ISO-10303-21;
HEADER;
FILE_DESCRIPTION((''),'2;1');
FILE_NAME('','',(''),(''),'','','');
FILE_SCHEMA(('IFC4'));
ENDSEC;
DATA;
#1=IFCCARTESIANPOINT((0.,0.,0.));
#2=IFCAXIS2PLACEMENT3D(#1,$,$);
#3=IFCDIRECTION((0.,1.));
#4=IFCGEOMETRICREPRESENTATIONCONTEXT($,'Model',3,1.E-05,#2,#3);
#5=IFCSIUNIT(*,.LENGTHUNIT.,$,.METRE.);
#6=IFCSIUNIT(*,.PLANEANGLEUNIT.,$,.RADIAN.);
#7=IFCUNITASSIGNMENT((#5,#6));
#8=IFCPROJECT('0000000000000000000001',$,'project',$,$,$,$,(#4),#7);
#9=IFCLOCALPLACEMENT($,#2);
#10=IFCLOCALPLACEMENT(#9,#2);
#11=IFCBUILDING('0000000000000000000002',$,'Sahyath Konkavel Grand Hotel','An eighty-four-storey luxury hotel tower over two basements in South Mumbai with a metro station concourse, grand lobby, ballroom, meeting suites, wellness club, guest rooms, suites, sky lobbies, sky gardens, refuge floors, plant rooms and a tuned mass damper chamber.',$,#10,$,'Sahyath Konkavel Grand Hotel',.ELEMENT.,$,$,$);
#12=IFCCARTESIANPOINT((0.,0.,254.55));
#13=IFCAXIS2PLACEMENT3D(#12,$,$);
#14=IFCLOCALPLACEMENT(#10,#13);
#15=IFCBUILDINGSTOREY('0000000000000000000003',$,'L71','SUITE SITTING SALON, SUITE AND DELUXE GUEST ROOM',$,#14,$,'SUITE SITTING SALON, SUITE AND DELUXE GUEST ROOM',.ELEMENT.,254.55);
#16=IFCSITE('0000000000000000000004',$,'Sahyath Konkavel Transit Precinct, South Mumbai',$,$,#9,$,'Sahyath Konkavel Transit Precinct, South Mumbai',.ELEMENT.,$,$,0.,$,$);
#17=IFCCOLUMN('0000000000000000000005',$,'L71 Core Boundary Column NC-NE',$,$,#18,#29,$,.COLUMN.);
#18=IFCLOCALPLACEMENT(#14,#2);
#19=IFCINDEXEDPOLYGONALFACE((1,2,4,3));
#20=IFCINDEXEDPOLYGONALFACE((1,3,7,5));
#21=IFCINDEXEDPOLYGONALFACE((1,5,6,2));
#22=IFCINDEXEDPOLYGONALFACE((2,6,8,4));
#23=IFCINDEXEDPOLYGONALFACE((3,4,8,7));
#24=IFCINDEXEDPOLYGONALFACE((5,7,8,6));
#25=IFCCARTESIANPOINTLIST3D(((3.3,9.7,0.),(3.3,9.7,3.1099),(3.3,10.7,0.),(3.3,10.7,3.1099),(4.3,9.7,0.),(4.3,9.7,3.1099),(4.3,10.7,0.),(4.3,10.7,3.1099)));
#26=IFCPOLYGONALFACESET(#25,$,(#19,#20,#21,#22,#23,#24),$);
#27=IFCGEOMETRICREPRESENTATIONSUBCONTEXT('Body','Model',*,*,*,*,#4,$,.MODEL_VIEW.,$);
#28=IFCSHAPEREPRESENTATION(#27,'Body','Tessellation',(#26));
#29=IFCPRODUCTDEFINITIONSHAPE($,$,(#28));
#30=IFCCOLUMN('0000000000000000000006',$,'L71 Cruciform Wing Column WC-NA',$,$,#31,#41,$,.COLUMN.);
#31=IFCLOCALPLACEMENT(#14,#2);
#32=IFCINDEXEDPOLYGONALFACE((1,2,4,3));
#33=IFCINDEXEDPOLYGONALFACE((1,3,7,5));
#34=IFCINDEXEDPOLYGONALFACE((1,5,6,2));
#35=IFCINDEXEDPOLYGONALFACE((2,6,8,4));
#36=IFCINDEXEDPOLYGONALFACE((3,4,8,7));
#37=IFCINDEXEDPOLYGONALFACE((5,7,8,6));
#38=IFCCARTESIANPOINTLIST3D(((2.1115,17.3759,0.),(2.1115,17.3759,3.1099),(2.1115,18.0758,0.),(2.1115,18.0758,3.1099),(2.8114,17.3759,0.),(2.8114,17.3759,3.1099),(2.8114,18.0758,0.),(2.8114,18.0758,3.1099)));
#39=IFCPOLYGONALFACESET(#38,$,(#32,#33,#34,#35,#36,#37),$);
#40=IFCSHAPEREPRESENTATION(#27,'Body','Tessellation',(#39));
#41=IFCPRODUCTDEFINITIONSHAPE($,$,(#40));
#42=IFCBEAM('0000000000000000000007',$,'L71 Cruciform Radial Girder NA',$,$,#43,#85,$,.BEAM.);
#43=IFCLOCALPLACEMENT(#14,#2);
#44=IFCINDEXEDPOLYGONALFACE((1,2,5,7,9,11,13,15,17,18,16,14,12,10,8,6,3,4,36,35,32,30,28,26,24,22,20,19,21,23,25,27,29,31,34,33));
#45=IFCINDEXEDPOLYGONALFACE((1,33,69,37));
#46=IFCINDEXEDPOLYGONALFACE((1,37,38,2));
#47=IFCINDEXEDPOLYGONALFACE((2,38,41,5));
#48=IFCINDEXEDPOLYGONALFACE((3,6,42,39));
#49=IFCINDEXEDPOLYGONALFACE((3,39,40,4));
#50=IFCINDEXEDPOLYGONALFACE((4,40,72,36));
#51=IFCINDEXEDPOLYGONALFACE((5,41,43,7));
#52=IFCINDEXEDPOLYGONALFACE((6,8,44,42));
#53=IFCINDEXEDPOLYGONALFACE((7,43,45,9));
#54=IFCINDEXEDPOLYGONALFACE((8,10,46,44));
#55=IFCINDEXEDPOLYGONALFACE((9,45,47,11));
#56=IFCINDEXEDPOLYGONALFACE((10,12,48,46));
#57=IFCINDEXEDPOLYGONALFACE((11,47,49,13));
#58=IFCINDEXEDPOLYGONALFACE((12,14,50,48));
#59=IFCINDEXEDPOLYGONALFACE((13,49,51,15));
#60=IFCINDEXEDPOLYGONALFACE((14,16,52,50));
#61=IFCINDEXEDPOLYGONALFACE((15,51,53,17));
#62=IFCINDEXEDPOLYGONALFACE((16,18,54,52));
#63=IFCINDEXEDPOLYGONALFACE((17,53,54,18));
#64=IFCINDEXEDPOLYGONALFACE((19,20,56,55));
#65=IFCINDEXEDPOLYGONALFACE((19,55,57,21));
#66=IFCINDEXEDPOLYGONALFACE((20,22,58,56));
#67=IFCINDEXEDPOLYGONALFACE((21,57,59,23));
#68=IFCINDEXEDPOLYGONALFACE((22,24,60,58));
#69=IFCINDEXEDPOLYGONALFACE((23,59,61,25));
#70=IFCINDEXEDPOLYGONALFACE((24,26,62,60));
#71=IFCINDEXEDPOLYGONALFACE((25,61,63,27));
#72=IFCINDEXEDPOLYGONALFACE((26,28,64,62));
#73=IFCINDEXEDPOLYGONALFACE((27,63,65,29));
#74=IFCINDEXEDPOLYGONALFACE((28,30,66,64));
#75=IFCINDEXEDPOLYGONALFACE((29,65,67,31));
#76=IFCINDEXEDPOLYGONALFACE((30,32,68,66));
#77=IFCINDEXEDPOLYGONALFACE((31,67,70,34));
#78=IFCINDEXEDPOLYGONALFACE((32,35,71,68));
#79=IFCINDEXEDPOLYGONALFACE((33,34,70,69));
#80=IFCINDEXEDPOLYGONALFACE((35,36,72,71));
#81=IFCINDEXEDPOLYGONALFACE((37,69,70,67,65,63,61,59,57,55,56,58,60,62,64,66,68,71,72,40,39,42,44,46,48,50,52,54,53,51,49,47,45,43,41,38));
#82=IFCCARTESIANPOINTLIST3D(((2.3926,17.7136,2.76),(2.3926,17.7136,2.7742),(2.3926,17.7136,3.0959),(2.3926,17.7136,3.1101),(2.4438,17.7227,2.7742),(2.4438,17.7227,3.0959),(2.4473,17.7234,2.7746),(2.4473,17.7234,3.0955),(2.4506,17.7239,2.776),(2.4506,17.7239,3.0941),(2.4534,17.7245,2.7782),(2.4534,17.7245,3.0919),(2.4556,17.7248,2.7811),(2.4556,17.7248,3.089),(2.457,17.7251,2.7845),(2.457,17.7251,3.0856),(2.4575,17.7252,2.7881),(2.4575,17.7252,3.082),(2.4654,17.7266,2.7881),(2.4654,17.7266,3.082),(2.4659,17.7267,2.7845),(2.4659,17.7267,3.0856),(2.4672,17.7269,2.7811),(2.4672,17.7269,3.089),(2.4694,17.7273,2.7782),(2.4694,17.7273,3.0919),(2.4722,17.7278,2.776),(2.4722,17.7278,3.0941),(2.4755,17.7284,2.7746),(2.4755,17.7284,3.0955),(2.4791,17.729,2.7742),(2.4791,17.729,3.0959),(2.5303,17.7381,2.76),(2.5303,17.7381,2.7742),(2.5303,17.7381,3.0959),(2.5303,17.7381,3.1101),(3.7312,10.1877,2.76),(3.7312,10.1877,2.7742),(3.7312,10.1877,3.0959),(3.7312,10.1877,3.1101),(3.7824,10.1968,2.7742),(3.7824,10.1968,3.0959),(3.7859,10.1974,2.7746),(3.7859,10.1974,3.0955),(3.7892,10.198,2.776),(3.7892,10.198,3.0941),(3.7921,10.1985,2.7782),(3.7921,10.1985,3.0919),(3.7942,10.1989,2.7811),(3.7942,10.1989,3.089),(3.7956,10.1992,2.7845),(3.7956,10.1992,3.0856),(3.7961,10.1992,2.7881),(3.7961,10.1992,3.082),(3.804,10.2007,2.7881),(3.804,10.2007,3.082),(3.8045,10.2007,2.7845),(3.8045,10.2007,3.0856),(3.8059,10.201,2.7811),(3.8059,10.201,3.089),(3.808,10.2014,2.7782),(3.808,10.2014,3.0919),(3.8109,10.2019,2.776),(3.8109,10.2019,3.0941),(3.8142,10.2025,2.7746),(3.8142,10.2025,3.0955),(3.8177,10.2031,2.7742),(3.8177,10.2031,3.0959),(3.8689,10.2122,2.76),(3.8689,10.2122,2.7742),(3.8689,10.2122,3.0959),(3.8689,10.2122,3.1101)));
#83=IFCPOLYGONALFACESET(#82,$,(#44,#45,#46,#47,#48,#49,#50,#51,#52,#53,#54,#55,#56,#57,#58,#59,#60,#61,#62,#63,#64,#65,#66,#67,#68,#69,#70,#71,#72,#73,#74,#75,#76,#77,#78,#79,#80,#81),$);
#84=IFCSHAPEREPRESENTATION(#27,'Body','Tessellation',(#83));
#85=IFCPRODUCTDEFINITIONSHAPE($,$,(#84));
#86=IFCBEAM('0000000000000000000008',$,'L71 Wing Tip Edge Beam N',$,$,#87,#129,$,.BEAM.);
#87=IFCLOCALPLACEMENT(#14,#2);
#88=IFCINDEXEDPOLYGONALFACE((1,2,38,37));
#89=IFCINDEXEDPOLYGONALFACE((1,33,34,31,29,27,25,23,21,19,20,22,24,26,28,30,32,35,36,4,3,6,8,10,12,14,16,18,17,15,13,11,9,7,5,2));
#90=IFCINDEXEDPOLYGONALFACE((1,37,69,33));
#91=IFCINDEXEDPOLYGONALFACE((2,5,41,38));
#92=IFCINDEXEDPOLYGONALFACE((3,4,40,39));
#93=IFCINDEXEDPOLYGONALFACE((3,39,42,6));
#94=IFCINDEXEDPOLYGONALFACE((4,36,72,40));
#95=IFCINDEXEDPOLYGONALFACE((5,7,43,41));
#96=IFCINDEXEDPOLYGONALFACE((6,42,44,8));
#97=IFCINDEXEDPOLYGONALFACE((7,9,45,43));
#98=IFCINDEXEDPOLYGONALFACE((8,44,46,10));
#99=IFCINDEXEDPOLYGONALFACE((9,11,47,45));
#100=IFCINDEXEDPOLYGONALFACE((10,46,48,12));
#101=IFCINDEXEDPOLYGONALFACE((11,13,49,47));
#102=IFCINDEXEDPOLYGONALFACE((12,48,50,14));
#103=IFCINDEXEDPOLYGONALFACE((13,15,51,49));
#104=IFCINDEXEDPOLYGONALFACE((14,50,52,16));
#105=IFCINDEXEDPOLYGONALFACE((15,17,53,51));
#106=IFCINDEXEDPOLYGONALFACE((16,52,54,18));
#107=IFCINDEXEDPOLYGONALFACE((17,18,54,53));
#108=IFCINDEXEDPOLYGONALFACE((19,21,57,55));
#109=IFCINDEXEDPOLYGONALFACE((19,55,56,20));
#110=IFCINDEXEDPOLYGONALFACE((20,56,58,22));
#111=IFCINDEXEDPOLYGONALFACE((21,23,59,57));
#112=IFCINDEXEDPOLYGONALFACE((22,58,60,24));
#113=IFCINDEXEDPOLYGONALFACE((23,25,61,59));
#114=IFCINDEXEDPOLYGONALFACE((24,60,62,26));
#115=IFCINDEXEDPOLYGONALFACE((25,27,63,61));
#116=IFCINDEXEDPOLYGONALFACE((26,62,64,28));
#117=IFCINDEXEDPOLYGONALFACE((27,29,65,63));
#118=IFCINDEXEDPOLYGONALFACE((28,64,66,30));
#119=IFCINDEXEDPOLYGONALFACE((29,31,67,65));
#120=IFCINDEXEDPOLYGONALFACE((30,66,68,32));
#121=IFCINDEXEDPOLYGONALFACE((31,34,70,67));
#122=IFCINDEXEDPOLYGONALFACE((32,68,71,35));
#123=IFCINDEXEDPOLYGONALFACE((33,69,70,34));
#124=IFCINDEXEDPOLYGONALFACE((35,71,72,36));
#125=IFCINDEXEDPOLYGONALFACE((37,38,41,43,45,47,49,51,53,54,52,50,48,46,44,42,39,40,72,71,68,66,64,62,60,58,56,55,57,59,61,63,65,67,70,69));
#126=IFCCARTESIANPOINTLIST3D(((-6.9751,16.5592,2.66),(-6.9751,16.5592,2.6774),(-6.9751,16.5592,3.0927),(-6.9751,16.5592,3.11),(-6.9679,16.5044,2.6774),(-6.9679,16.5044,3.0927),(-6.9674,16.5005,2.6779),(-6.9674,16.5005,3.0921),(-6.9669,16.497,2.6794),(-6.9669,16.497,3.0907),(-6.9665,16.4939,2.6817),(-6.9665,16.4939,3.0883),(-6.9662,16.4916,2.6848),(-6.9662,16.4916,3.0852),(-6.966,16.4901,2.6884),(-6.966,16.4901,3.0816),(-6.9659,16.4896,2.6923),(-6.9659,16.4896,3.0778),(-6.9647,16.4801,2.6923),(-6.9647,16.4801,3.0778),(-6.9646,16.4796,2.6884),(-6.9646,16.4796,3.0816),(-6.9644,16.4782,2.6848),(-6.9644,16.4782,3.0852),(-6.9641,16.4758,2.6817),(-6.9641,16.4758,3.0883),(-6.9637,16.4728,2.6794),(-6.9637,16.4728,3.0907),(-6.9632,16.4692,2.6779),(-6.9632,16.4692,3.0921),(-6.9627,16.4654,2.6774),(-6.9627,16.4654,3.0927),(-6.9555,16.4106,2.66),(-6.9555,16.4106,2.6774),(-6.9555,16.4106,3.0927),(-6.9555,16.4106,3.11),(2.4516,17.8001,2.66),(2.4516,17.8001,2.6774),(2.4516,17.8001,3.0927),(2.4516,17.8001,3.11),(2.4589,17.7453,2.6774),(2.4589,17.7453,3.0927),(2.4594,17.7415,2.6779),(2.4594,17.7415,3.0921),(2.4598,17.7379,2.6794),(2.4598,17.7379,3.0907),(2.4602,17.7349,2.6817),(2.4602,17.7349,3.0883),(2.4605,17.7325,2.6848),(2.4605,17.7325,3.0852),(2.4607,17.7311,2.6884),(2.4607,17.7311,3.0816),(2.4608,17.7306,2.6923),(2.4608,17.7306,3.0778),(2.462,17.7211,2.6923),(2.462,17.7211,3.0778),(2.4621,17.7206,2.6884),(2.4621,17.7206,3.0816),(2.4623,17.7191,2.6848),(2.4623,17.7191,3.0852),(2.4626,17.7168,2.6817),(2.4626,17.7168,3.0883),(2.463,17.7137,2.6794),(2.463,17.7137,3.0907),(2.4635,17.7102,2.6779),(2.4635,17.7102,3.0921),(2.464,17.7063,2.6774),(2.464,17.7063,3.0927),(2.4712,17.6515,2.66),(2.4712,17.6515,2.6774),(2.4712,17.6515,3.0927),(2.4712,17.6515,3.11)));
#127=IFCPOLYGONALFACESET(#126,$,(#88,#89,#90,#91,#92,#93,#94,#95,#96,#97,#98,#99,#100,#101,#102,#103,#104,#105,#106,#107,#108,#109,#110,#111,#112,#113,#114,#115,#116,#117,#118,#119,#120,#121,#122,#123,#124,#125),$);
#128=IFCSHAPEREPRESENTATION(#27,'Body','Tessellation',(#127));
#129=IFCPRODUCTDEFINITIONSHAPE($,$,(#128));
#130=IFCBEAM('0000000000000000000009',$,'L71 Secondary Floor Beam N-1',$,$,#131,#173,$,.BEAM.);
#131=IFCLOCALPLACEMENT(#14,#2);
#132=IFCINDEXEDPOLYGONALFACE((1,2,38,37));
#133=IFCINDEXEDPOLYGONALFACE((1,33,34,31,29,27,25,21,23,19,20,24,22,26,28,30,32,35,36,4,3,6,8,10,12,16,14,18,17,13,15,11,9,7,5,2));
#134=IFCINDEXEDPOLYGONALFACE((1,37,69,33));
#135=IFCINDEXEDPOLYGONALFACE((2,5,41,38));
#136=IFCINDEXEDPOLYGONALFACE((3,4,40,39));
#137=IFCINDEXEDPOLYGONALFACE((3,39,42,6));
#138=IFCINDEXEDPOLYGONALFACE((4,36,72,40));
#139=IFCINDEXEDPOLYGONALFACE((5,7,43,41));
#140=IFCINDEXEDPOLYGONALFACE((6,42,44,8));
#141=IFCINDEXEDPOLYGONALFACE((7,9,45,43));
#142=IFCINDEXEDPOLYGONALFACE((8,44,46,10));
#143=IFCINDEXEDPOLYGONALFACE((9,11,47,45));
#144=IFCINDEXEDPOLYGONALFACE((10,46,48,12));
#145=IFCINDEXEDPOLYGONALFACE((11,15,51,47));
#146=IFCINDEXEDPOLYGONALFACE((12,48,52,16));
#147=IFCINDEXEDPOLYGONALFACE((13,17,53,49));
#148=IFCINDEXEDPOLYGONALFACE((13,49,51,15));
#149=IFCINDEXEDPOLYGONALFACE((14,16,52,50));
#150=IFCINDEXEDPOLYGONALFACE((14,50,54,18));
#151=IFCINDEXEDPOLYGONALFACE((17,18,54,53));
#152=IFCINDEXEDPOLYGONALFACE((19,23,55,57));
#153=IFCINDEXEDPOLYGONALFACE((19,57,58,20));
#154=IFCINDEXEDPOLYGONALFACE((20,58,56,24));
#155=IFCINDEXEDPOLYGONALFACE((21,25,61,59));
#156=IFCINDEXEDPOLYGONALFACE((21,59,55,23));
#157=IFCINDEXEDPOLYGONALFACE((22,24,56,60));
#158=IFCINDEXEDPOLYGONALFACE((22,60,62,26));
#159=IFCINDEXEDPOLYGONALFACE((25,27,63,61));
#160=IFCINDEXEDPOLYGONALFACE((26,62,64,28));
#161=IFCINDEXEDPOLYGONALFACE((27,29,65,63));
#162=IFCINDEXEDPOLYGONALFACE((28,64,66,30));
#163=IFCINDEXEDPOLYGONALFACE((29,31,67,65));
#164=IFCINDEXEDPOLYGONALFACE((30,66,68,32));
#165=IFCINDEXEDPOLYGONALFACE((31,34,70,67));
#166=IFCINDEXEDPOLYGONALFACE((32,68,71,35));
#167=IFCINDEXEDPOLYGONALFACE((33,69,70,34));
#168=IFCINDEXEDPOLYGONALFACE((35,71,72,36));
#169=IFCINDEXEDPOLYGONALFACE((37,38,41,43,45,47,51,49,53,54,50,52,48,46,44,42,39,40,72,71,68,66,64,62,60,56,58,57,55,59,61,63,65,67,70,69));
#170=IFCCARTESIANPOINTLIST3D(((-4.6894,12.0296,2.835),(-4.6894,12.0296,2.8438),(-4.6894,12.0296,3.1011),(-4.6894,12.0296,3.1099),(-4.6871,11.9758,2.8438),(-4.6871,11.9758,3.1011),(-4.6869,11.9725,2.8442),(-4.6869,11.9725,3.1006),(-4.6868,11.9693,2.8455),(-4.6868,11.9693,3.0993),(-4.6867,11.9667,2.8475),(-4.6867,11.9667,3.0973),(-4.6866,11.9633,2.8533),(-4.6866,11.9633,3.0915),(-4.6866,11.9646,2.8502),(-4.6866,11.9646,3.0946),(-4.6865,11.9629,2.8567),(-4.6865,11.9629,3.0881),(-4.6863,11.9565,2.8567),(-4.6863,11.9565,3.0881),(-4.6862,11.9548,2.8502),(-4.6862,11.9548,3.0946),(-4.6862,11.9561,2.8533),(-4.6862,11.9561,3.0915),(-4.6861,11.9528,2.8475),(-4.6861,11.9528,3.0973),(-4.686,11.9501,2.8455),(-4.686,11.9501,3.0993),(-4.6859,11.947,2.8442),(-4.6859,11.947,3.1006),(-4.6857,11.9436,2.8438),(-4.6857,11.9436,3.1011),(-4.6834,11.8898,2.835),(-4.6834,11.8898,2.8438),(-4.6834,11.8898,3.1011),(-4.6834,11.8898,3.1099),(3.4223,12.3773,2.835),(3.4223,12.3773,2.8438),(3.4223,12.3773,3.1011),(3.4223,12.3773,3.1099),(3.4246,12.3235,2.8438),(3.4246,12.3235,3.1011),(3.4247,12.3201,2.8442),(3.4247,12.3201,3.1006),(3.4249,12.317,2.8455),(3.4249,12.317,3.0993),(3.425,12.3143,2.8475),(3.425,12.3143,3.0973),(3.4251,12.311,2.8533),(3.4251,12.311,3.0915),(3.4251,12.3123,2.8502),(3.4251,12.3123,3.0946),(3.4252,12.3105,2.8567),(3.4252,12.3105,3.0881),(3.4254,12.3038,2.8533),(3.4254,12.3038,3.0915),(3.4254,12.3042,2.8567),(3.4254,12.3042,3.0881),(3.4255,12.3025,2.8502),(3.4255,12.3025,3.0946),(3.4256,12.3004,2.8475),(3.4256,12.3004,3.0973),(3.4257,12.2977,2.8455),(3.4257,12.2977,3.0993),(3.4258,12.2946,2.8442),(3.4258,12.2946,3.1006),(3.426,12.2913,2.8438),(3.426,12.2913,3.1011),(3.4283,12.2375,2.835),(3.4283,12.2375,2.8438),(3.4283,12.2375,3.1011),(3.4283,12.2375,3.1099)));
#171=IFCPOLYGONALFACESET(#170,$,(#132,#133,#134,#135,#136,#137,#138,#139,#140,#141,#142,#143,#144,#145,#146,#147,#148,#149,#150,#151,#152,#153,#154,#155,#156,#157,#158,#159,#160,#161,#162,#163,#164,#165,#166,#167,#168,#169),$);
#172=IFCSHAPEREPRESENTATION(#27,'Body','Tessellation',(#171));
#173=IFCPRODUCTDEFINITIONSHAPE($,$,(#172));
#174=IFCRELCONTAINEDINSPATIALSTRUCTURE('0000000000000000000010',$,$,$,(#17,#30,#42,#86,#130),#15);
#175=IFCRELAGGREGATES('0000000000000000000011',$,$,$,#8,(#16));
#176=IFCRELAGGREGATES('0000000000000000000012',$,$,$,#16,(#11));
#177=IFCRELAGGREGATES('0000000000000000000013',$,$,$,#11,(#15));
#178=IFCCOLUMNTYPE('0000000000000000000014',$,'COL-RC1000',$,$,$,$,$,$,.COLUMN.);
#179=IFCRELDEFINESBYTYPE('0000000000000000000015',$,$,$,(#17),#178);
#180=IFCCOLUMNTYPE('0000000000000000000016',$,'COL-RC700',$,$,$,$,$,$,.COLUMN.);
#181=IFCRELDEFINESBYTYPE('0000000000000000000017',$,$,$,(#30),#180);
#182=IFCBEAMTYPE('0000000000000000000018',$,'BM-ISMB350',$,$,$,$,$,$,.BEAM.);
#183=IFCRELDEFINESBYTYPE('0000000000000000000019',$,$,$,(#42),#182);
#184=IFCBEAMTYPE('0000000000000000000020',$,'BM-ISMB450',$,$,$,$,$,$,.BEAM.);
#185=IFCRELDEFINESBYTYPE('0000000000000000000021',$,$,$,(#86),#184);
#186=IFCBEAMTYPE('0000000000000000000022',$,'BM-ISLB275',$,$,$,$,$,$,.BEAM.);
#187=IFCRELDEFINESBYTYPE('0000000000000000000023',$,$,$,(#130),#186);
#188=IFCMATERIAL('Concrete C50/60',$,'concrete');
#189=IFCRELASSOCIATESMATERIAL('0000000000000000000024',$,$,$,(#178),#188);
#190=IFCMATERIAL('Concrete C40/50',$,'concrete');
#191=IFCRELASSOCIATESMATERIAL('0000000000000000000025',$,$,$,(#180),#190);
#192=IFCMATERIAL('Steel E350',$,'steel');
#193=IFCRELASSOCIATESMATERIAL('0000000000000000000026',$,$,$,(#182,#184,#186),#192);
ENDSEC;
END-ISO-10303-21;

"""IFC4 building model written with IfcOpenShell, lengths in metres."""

from ifc_helpers import new_model, si_unit, direction, frame, origin, origin_2d, place, context, subcontext, project, spatial, rectangle, i_section, extrude, source, transform, mapped, material, material_profile, profile_set, type_object, element, save


model = new_model("IFC4")

# Units and contexts
model_context = context("Model", 3, precision=1e-05, world=origin(), true_north=direction((0.0, 1.0)))
body_context = subcontext(model_context, "Body", "Model", "MODEL_VIEW")
ifc_project = project(units=[si_unit("LENGTHUNIT", "METRE"), si_unit("PLANEANGLEUNIT", "RADIAN")], contexts=[model_context])

# Site, building, storey
site_placement = place(None, origin())
site = spatial("IfcSite", under=ifc_project, at=site_placement, Name="Sahyath Konkavel Transit Precinct, South Mumbai", LongName="Sahyath Konkavel Transit Precinct, South Mumbai", CompositionType="ELEMENT", RefElevation=0.0)
building_placement = place(site_placement, origin())
building = spatial("IfcBuilding", under=site, at=building_placement, Name="Sahyath Konkavel Grand Hotel", Description="An eighty-four-storey luxury hotel tower over two basements in South Mumbai with a metro station concourse, grand lobby, ballroom, meeting suites, wellness club, guest rooms, suites, sky lobbies, sky gardens, refuge floors, plant rooms and a tuned mass damper chamber.", LongName="Sahyath Konkavel Grand Hotel", CompositionType="ELEMENT")
storey_placement = place(building_placement, frame((0.0, 0.0, 254.55)))
storey = spatial("IfcBuildingStorey", under=building, at=storey_placement, Name="L71", Description="SUITE SITTING SALON, SUITE AND DELUXE GUEST ROOM", LongName="SUITE SITTING SALON, SUITE AND DELUXE GUEST ROOM", CompositionType="ELEMENT", Elevation=254.55)

# Columns
ifc_material_1 = material(Name="Concrete C50/60", Category="concrete")
ifc_material_profile_1 = material_profile(ifc_material_1, rectangle(XDim=1.0, YDim=1.0, at=origin_2d()), Name="RC 1000x1000")
ifc_profile_set_1 = profile_set([ifc_material_profile_1], Name="Concrete C50/60")
column_type_1 = type_object("IfcColumnType", Name="COL-RC1000", PredefinedType="COLUMN", material=ifc_profile_set_1)
shared_shape_1 = source(origin(), body_context, "Body", "SweptSolid", [
    extrude(rectangle(XDim=1.0, YDim=1.0, at=origin_2d()), origin(), (0.0, 0.0, 1.0), 3.1099),
])
column_1_placement = place(storey_placement, frame((3.8, 10.2, 0.0), z_axis=(0.0, 0.0, 1.0), x_axis=(1.0, 0.0, 0.0)))
element("IfcColumn", 1, at=column_1_placement, inside=storey, type_object=column_type_1, Name="L71 Core Boundary Column NC-NE", PredefinedType="COLUMN", context=body_context, shape_type="MappedRepresentation", body=[
    mapped(shared_shape_1, transform((0.0, 0.0, 0.0), scale=1.0)),
])
ifc_material_2 = material(Name="Concrete C40/50", Category="concrete")
ifc_material_profile_2 = material_profile(ifc_material_2, rectangle(XDim=0.7, YDim=0.7, at=origin_2d()), Name="RC 700x700")
ifc_profile_set_2 = profile_set([ifc_material_profile_2], Name="Concrete C40/50")
column_type_2 = type_object("IfcColumnType", Name="COL-RC700", PredefinedType="COLUMN", material=ifc_profile_set_2)
shared_shape_2 = source(origin(), body_context, "Body", "SweptSolid", [
    extrude(rectangle(XDim=0.7, YDim=0.7, at=origin_2d()), origin(), (0.0, 0.0, 1.0), 3.1099),
])
column_2_placement = place(storey_placement, frame((2.4614, 17.7258, 0.0), z_axis=(0.0, 0.0, 1.0), x_axis=(1.0, 0.0, 0.0)))
element("IfcColumn", 2, at=column_2_placement, inside=storey, type_object=column_type_2, Name="L71 Cruciform Wing Column WC-NA", PredefinedType="COLUMN", context=body_context, shape_type="MappedRepresentation", body=[
    mapped(shared_shape_2, transform((0.0, 0.0, 0.0), scale=1.0)),
])

# Beams
ifc_material_3 = material(Name="Steel E350", Category="steel")
ifc_material_profile_3 = material_profile(ifc_material_3, i_section(OverallWidth=0.1399, OverallDepth=0.3501, WebThickness=0.0081, FlangeThickness=0.0142, FilletRadius=0.0139, at=origin_2d()), Name="ISMB 350")
ifc_profile_set_3 = profile_set([ifc_material_profile_3], Name="Steel E350")
beam_type_1 = type_object("IfcBeamType", Name="BM-ISMB350", PredefinedType="BEAM", material=ifc_profile_set_3)
shared_shape_3 = source(origin(), body_context, "Body", "SweptSolid", [
    extrude(i_section(OverallWidth=0.1399, OverallDepth=0.3501, WebThickness=0.0081, FlangeThickness=0.0142, FilletRadius=0.0139, at=origin_2d()), origin(), (0.0, 0.0, 1.0), 7.644),
])
beam_1_placement = place(storey_placement, frame((3.8, 10.2, 2.9351), z_axis=(-0.175121, 0.984547, 0.0), x_axis=(-0.984547, -0.175121, 0.0)))
element("IfcBeam", 3, at=beam_1_placement, inside=storey, type_object=beam_type_1, Name="L71 Cruciform Radial Girder NA", PredefinedType="BEAM", context=body_context, shape_type="MappedRepresentation", body=[
    mapped(shared_shape_3, transform((0.0, 0.0, 0.0), scale=1.0)),
])
ifc_material_profile_4 = material_profile(ifc_material_3, i_section(OverallWidth=0.1499, OverallDepth=0.45, WebThickness=0.0095, FlangeThickness=0.0173, FilletRadius=0.0149, at=origin_2d()), Name="ISMB 450")
ifc_profile_set_4 = profile_set([ifc_material_profile_4], Name="Steel E350")
beam_type_2 = type_object("IfcBeamType", Name="BM-ISMB450", PredefinedType="BEAM", material=ifc_profile_set_4)
shared_shape_4 = source(origin(), body_context, "Body", "SweptSolid", [
    extrude(i_section(OverallWidth=0.1499, OverallDepth=0.45, WebThickness=0.0095, FlangeThickness=0.0173, FilletRadius=0.0149, at=origin_2d()), origin(), (0.0, 0.0, 1.0), 9.5081),
])
beam_2_placement = place(storey_placement, frame((2.4614, 17.7258, 2.885), z_axis=(-0.991446, -0.130517, 0.0), x_axis=(0.130517, -0.991446, 0.0)))
element("IfcBeam", 4, at=beam_2_placement, inside=storey, type_object=beam_type_2, Name="L71 Wing Tip Edge Beam N", PredefinedType="BEAM", context=body_context, shape_type="MappedRepresentation", body=[
    mapped(shared_shape_4, transform((0.0, 0.0, 0.0), scale=1.0)),
])
ifc_material_profile_5 = material_profile(ifc_material_3, i_section(OverallWidth=0.1399, OverallDepth=0.2749, WebThickness=0.0063, FlangeThickness=0.0088, FilletRadius=0.0129, at=origin_2d()), Name="ISLB 275")
ifc_profile_set_5 = profile_set([ifc_material_profile_5], Name="Steel E350")
beam_type_3 = type_object("IfcBeamType", Name="BM-ISLB275", PredefinedType="BEAM", material=ifc_profile_set_5)
shared_shape_5 = source(origin(), body_context, "Body", "SweptSolid", [
    extrude(i_section(OverallWidth=0.1399, OverallDepth=0.2749, WebThickness=0.0063, FlangeThickness=0.0088, FilletRadius=0.0129, at=origin_2d()), origin(), (0.0, 0.0, 1.0), 8.1191),
])
beam_3_placement = place(storey_placement, frame((3.4253, 12.3074, 2.9724), z_axis=(-0.999083, -0.04282, 0.0), x_axis=(0.04282, -0.999083, 0.0)))
element("IfcBeam", 5, at=beam_3_placement, inside=storey, type_object=beam_type_3, Name="L71 Secondary Floor Beam N-1", PredefinedType="BEAM", context=body_context, shape_type="MappedRepresentation", body=[
    mapped(shared_shape_5, transform((0.0, 0.0, 0.0), scale=1.0)),
])

save(model, "model.ifc")
